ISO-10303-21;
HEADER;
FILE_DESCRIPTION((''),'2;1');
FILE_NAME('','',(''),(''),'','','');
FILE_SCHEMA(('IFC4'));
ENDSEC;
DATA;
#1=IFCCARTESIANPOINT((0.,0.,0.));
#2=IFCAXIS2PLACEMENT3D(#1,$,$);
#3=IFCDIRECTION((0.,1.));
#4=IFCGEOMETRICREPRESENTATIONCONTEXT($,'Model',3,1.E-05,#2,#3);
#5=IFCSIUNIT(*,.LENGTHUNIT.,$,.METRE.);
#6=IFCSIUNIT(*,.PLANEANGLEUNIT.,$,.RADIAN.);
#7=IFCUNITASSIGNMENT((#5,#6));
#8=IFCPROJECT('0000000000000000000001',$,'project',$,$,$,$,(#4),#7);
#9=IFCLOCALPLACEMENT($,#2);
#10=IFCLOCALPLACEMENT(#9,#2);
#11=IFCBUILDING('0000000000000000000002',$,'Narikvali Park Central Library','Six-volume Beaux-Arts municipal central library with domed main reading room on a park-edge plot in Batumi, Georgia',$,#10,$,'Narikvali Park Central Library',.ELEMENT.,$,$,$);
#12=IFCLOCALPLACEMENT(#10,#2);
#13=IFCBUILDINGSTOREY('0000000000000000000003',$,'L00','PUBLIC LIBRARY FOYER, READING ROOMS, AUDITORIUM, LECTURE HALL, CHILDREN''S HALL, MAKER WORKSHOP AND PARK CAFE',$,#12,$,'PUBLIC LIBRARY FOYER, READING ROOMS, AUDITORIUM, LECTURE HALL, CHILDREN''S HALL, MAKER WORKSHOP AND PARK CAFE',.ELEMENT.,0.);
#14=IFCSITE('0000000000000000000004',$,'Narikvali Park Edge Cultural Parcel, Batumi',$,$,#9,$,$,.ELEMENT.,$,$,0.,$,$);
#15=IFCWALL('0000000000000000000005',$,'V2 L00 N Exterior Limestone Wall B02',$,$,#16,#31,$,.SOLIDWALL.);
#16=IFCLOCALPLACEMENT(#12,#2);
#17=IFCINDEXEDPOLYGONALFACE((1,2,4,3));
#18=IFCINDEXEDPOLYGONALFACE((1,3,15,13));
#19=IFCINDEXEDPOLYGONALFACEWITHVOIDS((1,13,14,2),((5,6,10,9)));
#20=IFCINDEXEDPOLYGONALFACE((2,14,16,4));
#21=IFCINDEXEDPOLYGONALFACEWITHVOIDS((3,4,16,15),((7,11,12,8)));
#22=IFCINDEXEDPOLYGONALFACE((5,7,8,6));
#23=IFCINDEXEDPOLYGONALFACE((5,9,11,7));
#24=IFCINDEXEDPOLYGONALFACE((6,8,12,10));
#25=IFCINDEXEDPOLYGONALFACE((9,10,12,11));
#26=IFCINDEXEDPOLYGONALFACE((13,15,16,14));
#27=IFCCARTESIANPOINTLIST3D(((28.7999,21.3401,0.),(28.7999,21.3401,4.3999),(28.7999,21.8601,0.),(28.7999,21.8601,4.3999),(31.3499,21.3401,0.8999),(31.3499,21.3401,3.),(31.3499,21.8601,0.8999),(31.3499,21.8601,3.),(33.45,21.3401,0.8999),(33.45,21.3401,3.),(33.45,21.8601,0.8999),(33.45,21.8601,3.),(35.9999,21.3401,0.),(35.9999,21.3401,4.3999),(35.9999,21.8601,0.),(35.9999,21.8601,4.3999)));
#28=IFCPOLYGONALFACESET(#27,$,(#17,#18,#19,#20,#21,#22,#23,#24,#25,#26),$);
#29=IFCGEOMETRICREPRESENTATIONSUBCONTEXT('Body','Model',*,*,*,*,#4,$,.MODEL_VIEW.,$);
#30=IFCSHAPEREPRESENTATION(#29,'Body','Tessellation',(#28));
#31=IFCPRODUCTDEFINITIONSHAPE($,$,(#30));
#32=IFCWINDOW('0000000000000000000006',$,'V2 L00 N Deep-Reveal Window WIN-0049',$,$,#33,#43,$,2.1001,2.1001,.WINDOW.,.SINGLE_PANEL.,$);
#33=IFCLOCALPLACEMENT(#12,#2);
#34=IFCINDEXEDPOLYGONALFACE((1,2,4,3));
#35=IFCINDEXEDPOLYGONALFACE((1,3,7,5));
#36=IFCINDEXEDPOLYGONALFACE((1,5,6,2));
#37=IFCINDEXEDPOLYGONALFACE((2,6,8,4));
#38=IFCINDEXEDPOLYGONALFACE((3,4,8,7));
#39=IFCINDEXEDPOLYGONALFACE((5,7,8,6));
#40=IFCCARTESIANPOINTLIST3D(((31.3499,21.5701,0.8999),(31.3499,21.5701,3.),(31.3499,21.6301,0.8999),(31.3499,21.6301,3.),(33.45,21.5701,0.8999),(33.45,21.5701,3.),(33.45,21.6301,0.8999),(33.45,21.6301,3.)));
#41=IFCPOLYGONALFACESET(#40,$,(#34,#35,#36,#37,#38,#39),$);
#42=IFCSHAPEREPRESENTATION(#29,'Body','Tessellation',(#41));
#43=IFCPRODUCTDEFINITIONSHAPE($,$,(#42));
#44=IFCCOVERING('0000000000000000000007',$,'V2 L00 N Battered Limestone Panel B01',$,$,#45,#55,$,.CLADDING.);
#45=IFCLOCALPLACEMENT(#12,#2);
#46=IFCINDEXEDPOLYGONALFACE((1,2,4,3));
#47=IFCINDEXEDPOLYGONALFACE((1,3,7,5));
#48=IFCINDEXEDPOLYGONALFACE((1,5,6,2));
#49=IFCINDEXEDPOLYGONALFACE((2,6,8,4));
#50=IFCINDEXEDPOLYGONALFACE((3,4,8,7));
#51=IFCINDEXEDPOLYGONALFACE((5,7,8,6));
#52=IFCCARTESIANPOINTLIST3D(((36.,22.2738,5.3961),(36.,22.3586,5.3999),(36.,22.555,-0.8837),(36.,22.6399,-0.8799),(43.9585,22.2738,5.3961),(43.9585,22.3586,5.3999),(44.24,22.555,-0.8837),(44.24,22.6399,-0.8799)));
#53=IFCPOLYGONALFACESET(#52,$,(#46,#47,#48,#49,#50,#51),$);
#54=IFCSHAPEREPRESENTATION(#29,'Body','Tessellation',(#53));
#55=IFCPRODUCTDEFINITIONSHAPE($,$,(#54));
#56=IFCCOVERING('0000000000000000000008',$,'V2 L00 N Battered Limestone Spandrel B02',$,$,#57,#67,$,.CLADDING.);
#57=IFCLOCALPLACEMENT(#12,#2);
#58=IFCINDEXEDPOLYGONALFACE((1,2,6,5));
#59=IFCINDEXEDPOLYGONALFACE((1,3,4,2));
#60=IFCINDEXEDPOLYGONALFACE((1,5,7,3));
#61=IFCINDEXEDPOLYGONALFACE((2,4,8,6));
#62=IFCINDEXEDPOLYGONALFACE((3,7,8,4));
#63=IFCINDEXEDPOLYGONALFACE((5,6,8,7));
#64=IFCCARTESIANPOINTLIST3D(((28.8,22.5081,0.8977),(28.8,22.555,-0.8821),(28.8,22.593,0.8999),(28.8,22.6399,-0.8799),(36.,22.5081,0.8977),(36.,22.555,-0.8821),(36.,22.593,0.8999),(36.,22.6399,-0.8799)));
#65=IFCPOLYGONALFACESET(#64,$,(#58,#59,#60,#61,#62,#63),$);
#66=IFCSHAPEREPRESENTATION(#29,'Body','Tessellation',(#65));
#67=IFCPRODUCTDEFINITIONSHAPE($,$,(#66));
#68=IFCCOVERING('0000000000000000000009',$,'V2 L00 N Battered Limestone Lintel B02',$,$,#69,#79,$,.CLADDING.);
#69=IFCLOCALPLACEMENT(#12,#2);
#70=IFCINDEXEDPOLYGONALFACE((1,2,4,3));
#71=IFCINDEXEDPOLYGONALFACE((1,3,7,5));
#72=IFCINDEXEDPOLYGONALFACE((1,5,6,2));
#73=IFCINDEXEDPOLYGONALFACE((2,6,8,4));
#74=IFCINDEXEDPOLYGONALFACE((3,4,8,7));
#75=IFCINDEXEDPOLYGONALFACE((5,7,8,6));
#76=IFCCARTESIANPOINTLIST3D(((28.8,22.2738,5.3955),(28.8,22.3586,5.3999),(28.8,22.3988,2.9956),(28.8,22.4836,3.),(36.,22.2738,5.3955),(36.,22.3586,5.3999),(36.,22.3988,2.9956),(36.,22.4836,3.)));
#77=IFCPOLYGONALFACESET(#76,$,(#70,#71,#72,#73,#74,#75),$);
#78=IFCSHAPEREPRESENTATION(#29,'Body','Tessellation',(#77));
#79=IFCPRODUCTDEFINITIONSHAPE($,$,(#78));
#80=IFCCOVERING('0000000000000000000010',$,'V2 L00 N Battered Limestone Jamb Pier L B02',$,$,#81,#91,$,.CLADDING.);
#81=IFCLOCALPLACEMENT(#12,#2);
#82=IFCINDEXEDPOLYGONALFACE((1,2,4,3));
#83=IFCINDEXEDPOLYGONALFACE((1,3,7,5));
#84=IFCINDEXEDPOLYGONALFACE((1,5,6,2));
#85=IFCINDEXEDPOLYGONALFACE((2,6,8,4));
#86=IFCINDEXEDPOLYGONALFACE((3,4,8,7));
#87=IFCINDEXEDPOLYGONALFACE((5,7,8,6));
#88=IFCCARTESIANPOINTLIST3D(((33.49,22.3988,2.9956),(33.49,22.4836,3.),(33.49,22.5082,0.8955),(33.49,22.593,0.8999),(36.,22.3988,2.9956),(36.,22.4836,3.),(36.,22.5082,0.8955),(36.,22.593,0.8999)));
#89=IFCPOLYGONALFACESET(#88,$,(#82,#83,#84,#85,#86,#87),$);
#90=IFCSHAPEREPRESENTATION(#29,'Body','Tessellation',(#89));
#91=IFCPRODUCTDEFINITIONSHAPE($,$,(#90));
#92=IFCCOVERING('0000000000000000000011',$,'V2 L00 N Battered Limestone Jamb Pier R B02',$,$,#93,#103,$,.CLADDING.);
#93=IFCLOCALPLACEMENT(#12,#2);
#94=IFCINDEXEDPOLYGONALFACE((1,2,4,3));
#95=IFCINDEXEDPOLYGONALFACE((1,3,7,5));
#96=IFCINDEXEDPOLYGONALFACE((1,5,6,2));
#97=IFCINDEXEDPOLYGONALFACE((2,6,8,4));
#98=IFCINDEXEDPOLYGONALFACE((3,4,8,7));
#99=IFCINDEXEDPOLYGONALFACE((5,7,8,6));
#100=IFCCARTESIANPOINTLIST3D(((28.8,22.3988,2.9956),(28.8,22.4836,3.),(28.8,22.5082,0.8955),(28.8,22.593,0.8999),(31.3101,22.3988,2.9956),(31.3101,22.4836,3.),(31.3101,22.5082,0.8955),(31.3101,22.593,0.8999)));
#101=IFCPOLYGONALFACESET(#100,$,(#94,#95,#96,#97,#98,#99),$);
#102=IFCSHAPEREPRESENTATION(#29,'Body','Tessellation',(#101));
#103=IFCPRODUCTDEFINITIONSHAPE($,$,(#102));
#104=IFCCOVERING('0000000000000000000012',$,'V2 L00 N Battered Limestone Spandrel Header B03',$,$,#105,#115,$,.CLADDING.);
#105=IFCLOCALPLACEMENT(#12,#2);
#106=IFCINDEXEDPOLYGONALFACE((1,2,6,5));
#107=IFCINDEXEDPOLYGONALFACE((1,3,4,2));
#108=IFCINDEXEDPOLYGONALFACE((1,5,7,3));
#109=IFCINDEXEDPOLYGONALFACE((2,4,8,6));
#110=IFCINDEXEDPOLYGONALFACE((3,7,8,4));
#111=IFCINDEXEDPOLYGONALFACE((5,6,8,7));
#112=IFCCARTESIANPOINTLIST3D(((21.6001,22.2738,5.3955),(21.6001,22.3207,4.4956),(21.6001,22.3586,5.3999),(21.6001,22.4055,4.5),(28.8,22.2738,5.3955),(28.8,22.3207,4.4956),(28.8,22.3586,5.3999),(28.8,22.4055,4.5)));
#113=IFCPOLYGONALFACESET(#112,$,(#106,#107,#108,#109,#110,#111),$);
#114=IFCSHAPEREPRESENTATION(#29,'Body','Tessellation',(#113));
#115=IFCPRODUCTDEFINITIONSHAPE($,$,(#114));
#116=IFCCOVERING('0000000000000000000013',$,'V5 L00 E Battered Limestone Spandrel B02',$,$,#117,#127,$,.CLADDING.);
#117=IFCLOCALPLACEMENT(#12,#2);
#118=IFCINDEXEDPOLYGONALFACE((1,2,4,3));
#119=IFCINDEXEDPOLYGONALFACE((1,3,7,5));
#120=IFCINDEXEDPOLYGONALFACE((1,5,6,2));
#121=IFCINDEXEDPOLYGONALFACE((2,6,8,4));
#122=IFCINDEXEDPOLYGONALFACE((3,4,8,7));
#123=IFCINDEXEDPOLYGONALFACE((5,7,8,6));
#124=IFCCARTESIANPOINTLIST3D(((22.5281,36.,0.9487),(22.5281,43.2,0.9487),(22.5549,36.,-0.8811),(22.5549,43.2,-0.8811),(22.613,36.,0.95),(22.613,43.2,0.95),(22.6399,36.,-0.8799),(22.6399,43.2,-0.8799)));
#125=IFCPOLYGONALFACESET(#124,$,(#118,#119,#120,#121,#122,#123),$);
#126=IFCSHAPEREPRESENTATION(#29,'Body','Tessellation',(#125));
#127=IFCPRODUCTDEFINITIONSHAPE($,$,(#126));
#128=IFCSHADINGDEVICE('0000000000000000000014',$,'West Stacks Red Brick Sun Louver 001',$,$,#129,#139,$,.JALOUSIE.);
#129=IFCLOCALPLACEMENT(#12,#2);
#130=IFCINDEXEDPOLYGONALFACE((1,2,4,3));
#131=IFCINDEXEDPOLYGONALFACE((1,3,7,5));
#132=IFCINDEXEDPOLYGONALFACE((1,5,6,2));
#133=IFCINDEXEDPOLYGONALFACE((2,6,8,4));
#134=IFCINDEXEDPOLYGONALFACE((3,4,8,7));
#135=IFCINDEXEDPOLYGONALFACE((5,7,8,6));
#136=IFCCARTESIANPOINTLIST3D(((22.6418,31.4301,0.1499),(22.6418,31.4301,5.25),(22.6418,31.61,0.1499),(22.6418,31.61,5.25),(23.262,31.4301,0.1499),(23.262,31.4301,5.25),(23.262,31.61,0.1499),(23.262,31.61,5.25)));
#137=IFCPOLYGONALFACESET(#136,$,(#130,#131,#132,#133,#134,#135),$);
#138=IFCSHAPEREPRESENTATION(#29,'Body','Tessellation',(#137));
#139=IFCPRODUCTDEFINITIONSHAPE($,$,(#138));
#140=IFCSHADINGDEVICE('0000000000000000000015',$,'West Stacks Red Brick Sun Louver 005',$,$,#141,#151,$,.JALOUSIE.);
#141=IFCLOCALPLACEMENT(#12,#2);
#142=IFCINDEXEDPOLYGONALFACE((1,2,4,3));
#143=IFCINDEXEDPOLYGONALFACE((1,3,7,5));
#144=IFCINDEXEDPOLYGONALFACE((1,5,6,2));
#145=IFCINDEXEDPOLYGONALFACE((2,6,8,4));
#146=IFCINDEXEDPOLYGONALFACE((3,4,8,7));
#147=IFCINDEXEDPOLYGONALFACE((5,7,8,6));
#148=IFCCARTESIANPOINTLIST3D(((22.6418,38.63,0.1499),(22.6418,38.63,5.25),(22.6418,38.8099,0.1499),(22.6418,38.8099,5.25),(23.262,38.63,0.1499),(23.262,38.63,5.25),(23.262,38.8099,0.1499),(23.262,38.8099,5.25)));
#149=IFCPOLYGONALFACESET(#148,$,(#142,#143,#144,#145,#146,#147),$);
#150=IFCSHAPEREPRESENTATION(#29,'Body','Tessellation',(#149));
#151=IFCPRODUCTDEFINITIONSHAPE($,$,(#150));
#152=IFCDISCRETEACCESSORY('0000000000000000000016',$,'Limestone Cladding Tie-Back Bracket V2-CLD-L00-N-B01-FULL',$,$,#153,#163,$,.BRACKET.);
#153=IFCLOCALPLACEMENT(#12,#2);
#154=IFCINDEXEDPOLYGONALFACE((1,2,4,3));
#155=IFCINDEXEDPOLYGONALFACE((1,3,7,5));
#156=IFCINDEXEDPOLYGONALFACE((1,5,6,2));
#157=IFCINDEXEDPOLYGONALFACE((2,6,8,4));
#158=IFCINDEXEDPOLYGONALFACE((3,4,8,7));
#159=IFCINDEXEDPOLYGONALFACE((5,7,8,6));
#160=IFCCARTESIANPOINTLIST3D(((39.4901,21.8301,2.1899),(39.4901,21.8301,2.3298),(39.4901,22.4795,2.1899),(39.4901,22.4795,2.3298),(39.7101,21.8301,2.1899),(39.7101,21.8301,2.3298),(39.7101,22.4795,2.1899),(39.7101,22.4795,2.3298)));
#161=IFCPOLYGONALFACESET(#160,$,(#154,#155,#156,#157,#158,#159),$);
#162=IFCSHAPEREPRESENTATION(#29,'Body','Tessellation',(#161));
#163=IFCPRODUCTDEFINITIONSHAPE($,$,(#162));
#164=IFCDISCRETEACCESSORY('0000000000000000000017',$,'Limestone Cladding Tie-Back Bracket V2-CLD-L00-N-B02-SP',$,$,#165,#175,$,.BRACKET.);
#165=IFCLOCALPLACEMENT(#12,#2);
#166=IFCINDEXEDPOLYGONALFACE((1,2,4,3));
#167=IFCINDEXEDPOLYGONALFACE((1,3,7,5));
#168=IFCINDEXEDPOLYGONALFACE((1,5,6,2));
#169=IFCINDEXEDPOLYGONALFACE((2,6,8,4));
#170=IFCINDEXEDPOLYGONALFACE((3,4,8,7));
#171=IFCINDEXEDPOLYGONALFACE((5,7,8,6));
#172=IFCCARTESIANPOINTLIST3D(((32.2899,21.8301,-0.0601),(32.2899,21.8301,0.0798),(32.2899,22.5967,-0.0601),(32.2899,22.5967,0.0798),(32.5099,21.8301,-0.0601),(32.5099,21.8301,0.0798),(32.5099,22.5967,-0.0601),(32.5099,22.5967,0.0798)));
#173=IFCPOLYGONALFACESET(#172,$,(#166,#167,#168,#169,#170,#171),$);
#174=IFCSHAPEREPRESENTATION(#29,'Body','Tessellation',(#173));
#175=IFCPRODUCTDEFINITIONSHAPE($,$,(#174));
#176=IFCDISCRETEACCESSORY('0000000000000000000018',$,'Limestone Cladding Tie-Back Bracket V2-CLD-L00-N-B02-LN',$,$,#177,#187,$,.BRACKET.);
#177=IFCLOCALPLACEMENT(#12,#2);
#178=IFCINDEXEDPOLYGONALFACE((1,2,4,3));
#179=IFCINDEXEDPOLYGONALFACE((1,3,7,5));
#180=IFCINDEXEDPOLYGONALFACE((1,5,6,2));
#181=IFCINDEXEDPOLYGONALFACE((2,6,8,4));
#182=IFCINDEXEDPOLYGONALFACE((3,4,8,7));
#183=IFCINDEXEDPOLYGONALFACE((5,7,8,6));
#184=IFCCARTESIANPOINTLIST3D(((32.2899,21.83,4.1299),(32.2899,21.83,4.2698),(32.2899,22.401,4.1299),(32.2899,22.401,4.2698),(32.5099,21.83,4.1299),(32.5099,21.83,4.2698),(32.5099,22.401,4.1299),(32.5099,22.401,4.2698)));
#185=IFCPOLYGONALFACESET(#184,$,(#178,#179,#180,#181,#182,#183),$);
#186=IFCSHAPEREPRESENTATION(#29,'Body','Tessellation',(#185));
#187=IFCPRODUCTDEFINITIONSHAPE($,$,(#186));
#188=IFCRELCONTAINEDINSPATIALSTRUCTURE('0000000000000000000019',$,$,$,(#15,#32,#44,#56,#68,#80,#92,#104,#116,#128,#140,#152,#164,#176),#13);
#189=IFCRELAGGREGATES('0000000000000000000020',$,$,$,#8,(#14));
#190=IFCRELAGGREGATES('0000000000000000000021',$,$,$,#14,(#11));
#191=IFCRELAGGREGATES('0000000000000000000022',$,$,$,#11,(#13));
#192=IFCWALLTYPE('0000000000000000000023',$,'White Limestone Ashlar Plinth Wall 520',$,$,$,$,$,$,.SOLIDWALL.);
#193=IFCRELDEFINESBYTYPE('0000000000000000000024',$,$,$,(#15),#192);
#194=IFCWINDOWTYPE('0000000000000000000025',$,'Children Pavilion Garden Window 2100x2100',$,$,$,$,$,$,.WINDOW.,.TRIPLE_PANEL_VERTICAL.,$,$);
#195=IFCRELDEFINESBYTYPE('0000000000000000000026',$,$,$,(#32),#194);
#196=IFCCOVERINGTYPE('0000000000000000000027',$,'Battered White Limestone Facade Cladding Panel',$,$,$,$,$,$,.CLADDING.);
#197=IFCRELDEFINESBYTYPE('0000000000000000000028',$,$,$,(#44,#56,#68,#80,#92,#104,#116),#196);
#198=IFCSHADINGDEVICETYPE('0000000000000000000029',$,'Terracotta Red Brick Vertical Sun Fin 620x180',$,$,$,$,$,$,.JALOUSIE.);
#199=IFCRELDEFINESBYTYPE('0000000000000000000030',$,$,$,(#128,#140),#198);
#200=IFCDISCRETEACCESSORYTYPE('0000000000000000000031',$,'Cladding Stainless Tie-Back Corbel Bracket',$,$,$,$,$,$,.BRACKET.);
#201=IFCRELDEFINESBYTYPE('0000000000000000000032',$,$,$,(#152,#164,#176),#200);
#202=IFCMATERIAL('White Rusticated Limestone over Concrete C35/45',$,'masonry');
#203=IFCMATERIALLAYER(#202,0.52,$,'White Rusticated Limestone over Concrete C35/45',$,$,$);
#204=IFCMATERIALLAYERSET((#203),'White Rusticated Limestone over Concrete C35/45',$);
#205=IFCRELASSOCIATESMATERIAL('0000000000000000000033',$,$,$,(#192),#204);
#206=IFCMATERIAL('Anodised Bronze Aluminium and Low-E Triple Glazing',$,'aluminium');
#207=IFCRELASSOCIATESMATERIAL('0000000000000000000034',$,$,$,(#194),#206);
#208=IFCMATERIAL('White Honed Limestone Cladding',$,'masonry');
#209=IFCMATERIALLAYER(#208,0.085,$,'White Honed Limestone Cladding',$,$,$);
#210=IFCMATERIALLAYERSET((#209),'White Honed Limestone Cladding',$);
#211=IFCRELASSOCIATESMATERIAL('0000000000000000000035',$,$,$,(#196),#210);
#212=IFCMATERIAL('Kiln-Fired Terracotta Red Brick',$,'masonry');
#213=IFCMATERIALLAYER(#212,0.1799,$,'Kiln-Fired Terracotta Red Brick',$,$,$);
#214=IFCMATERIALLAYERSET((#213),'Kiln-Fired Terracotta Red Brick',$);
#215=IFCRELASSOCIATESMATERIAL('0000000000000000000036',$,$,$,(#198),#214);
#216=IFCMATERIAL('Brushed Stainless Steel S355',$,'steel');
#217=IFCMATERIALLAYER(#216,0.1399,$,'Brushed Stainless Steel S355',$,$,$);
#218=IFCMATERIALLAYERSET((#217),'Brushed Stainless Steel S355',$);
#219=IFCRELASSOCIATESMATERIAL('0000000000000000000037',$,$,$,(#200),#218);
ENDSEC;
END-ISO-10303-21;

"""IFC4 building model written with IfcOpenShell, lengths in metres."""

from ifc_helpers import new_model, si_unit, direction, frame, frame_2d, origin, origin_2d, place, context, subcontext, project, spatial, polyline, rectangle, outline, extrude, material, layer, layer_set, type_object, element, fill, save


model = new_model("IFC4")

# Units and contexts
model_context = context("Model", 3, precision=1e-05, world=origin(), true_north=direction((0.0, 1.0)))
body_context = subcontext(model_context, "Body", "Model", "MODEL_VIEW")
ifc_project = project(units=[si_unit("LENGTHUNIT", "METRE"), si_unit("PLANEANGLEUNIT", "RADIAN")], contexts=[model_context])

# Site, building, storey
site_placement = place(None, origin())
site = spatial("IfcSite", under=ifc_project, at=site_placement, Name="Narikvali Park Edge Cultural Parcel, Batumi", CompositionType="ELEMENT", RefElevation=0.0)
building_placement = place(site_placement, origin())
building = spatial("IfcBuilding", under=site, at=building_placement, Name="Narikvali Park Central Library", Description="Six-volume Beaux-Arts municipal central library with domed main reading room on a park-edge plot in Batumi, Georgia", LongName="Narikvali Park Central Library", CompositionType="ELEMENT")
storey_placement = place(building_placement, origin())
storey = spatial("IfcBuildingStorey", under=building, at=storey_placement, Name="L00", Description="PUBLIC LIBRARY FOYER, READING ROOMS, AUDITORIUM, LECTURE HALL, CHILDREN'S HALL, MAKER WORKSHOP AND PARK CAFE", LongName="PUBLIC LIBRARY FOYER, READING ROOMS, AUDITORIUM, LECTURE HALL, CHILDREN'S HALL, MAKER WORKSHOP AND PARK CAFE", CompositionType="ELEMENT", Elevation=0.0)

# Shared definitions
ifc_material_1 = material(Name="White Rusticated Limestone over Concrete C35/45", Category="masonry")
ifc_layer_1 = layer(ifc_material_1, 0.52, Name="White Rusticated Limestone over Concrete C35/45")
ifc_layer_set_1 = layer_set([ifc_layer_1], Name="White Rusticated Limestone over Concrete C35/45")
wall_type = type_object("IfcWallType", Name="White Limestone Ashlar Plinth Wall 520", PredefinedType="SOLIDWALL", material=ifc_layer_set_1)

# Wall, opening, window
wall_1_placement = place(storey_placement, frame((36.0, 21.6001, 0.0), z_axis=(0.0, 0.0, 1.0), x_axis=(-1.0, 0.0, 0.0)))
wall_1 = element("IfcWall", 1, at=wall_1_placement, inside=storey, type_object=wall_type, Name="V2 L00 N Exterior Limestone Wall B02", PredefinedType="SOLIDWALL", context=body_context, shape_type="SweptSolid", body=[
    extrude(rectangle(XDim=7.2, YDim=0.52, at=frame_2d((3.6001, 0.0))), origin(), (0.0, 0.0, 1.0), 4.3999),
])
opening_placement = place(wall_1_placement, frame((2.55, 0.0, 0.8999)))
opening = element("IfcOpeningElement", 2, at=opening_placement, cuts=wall_1, PredefinedType="OPENING", context=body_context, shape_type="SweptSolid", body=[
    extrude(rectangle(XDim=2.1001, YDim=2.1001, at=frame_2d((1.05, 1.05))), frame((0.0, 0.272, 0.0), z_axis=(0.0, -1.0, 0.0), x_axis=(1.0, 0.0, 0.0)), (0.0, 0.0, 1.0), 0.5439),
])
ifc_material_2 = material(Name="Anodised Bronze Aluminium and Low-E Triple Glazing", Category="aluminium")
window_type = type_object("IfcWindowType", Name="Children Pavilion Garden Window 2100x2100", PartitioningType="TRIPLE_PANEL_VERTICAL", PredefinedType="WINDOW", material=ifc_material_2)
window_placement = place(opening_placement, origin())
window = element("IfcWindow", 3, at=window_placement, inside=storey, type_object=window_type, Name="V2 L00 N Deep-Reveal Window WIN-0049", OverallHeight=2.1001, OverallWidth=2.1001, PartitioningType="SINGLE_PANEL", PredefinedType="WINDOW", context=body_context, shape_type="SweptSolid", body=[
    extrude(rectangle(XDim=2.1001, YDim=2.1001, at=frame_2d((1.05, 1.05))), frame((0.0, 0.03, 0.0), z_axis=(0.0, -1.0, 0.0), x_axis=(1.0, 0.0, 0.0)), (0.0, 0.0, 1.0), 0.0601),
])
fill(opening, window)

# Coverings
ifc_material_3 = material(Name="White Honed Limestone Cladding", Category="masonry")
ifc_layer_2 = layer(ifc_material_3, 0.085, Name="White Honed Limestone Cladding")
ifc_layer_set_2 = layer_set([ifc_layer_2], Name="White Honed Limestone Cladding")
covering_type = type_object("IfcCoveringType", Name="Battered White Limestone Facade Cladding Panel", PredefinedType="CLADDING", material=ifc_layer_set_2)
covering_1_placement = place(storey_placement, frame((44.24, 22.6399, -0.8799), z_axis=(0.0, 0.998999, 0.044742), x_axis=(-1.0, 0.0, 0.0)))
element("IfcCovering", 4, at=covering_1_placement, inside=storey, type_object=covering_type, Name="V2 L00 N Battered Limestone Panel B01", PredefinedType="CLADDING", context=body_context, shape_type="SweptSolid", body=[
    extrude(outline(polyline([(0.0, 0.0), (8.24, 0.0), (8.24, 6.2861), (0.2815, 6.2861), (0.0, 0.0)])), origin(), (0.0, 0.0, -1.0), 0.085),
])
covering_2_placement = place(storey_placement, frame((36.0, 22.6399, -0.8799), z_axis=(0.0, 0.999653, 0.026328), x_axis=(-1.0, 0.0, 0.0)))
element("IfcCovering", 5, at=covering_2_placement, inside=storey, type_object=covering_type, Name="V2 L00 N Battered Limestone Spandrel B02", PredefinedType="CLADDING", context=body_context, shape_type="SweptSolid", body=[
    extrude(outline(polyline([(0.0, 0.0), (7.2, 0.0), (7.2, 1.7804), (0.0, 1.7804), (0.0, 0.0)])), origin(), (0.0, 0.0, -1.0), 0.085),
])
covering_3_placement = place(storey_placement, frame((36.0, 22.4836, 3.0), z_axis=(0.0, 0.998646, 0.052015), x_axis=(-1.0, 0.0, 0.0)))
element("IfcCovering", 6, at=covering_3_placement, inside=storey, type_object=covering_type, Name="V2 L00 N Battered Limestone Lintel B02", PredefinedType="CLADDING", context=body_context, shape_type="SweptSolid", body=[
    extrude(outline(polyline([(0.0, 0.0), (7.2, 0.0), (7.2, 2.4032), (0.0, 2.4032), (0.0, 0.0)])), origin(), (0.0, 0.0, -1.0), 0.085),
])
for number, where, z_axis, x_axis, name in (
    (7, (36.0, 22.593, 0.8999), (0.0, 0.998647, 0.05201), (-1.0, 0.0, 0.0), "V2 L00 N Battered Limestone Jamb Pier L B02"),
    (8, (31.3101, 22.593, 0.8999), (0.0, 0.998647, 0.05201), (-1.0, 0.0, 0.0), "V2 L00 N Battered Limestone Jamb Pier R B02"),
):
    element("IfcCovering", number, at=place(storey_placement, frame(where, z_axis=z_axis, x_axis=x_axis)), inside=storey, type_object=covering_type, Name=name, PredefinedType="CLADDING", context=body_context, shape_type="SweptSolid", body=[
        extrude(outline(polyline([(0.0, 0.0), (2.51, 0.0), (2.51, 2.1029), (0.0, 2.1029), (0.0, 0.0)])), origin(), (0.0, 0.0, -1.0), 0.085),
    ])
covering_4_placement = place(storey_placement, frame((28.8, 22.4055, 4.5), z_axis=(0.0, 0.998646, 0.052018), x_axis=(-1.0, 0.0, 0.0)))
element("IfcCovering", 9, at=covering_4_placement, inside=storey, type_object=covering_type, Name="V2 L00 N Battered Limestone Spandrel Header B03", PredefinedType="CLADDING", context=body_context, shape_type="SweptSolid", body=[
    extrude(outline(polyline([(0.0, 0.0), (7.2, 0.0), (7.2, 0.9011), (0.0, 0.9011), (0.0, 0.0)])), origin(), (0.0, 0.0, -1.0), 0.085),
])
covering_5_placement = place(storey_placement, frame((22.6399, 36.0, -0.8799), z_axis=(0.999892, 0.0, 0.014675), x_axis=(0.0, 1.0, 0.0)))
element("IfcCovering", 10, at=covering_5_placement, inside=storey, type_object=covering_type, Name="V5 L00 E Battered Limestone Spandrel B02", PredefinedType="CLADDING", context=body_context, shape_type="SweptSolid", body=[
    extrude(outline(polyline([(0.0, 0.0), (7.2, 0.0), (7.2, 1.83), (0.0, 1.83), (0.0, 0.0)])), origin(), (0.0, 0.0, -1.0), 0.085),
])

# Shading devices
ifc_material_4 = material(Name="Kiln-Fired Terracotta Red Brick", Category="masonry")
ifc_layer_3 = layer(ifc_material_4, 0.1799, Name="Kiln-Fired Terracotta Red Brick")
ifc_layer_set_3 = layer_set([ifc_layer_3], Name="Kiln-Fired Terracotta Red Brick")
shading_device_type = type_object("IfcShadingDeviceType", Name="Terracotta Red Brick Vertical Sun Fin 620x180", PredefinedType="JALOUSIE", material=ifc_layer_set_3)
for number, where, z_axis, x_axis, name in (
    (11, (22.9519, 31.52, 0.1499), (0.0, 0.0, 1.0), (1.0, 0.0, 0.0), "West Stacks Red Brick Sun Louver 001"),
    (12, (22.9519, 38.72, 0.1499), (0.0, 0.0, 1.0), (1.0, 0.0, 0.0), "West Stacks Red Brick Sun Louver 005"),
):
    element("IfcShadingDevice", number, at=place(storey_placement, frame(where, z_axis=z_axis, x_axis=x_axis)), inside=storey, type_object=shading_device_type, Name=name, PredefinedType="JALOUSIE", context=body_context, shape_type="SweptSolid", body=[
        extrude(rectangle(XDim=0.6201, YDim=0.1799, at=origin_2d()), origin(), (0.0, 0.0, 1.0), 5.1001),
    ])

# Discrete accessories
ifc_material_5 = material(Name="Brushed Stainless Steel S355", Category="steel")
ifc_layer_4 = layer(ifc_material_5, 0.1399, Name="Brushed Stainless Steel S355")
ifc_layer_set_4 = layer_set([ifc_layer_4], Name="Brushed Stainless Steel S355")
discrete_accessory_type = type_object("IfcDiscreteAccessoryType", Name="Cladding Stainless Tie-Back Corbel Bracket", PredefinedType="BRACKET", material=ifc_layer_set_4)
discrete_accessory_1_placement = place(storey_placement, frame((39.6001, 22.1548, 2.1899), z_axis=(0.0, 0.0, 1.0), x_axis=(1.0, 0.0, 0.0)))
element("IfcDiscreteAccessory", 13, at=discrete_accessory_1_placement, inside=storey, type_object=discrete_accessory_type, Name="Limestone Cladding Tie-Back Bracket V2-CLD-L00-N-B01-FULL", PredefinedType="BRACKET", context=body_context, shape_type="SweptSolid", body=[
    extrude(rectangle(XDim=0.22, YDim=0.6494, at=origin_2d()), origin(), (0.0, 0.0, 1.0), 0.1399),
])
discrete_accessory_2_placement = place(storey_placement, frame((32.3999, 22.2134, -0.0601), z_axis=(0.0, 0.0, 1.0), x_axis=(1.0, 0.0, 0.0)))
element("IfcDiscreteAccessory", 14, at=discrete_accessory_2_placement, inside=storey, type_object=discrete_accessory_type, Name="Limestone Cladding Tie-Back Bracket V2-CLD-L00-N-B02-SP", PredefinedType="BRACKET", context=body_context, shape_type="SweptSolid", body=[
    extrude(rectangle(XDim=0.22, YDim=0.7666, at=origin_2d()), origin(), (0.0, 0.0, 1.0), 0.1399),
])
discrete_accessory_3_placement = place(storey_placement, frame((32.3999, 22.1155, 4.1299), z_axis=(0.0, 0.0, 1.0), x_axis=(1.0, 0.0, 0.0)))
element("IfcDiscreteAccessory", 15, at=discrete_accessory_3_placement, inside=storey, type_object=discrete_accessory_type, Name="Limestone Cladding Tie-Back Bracket V2-CLD-L00-N-B02-LN", PredefinedType="BRACKET", context=body_context, shape_type="SweptSolid", body=[
    extrude(rectangle(XDim=0.22, YDim=0.571, at=origin_2d()), origin(), (0.0, 0.0, 1.0), 0.1399),
])

save(model, "model.ifc")
